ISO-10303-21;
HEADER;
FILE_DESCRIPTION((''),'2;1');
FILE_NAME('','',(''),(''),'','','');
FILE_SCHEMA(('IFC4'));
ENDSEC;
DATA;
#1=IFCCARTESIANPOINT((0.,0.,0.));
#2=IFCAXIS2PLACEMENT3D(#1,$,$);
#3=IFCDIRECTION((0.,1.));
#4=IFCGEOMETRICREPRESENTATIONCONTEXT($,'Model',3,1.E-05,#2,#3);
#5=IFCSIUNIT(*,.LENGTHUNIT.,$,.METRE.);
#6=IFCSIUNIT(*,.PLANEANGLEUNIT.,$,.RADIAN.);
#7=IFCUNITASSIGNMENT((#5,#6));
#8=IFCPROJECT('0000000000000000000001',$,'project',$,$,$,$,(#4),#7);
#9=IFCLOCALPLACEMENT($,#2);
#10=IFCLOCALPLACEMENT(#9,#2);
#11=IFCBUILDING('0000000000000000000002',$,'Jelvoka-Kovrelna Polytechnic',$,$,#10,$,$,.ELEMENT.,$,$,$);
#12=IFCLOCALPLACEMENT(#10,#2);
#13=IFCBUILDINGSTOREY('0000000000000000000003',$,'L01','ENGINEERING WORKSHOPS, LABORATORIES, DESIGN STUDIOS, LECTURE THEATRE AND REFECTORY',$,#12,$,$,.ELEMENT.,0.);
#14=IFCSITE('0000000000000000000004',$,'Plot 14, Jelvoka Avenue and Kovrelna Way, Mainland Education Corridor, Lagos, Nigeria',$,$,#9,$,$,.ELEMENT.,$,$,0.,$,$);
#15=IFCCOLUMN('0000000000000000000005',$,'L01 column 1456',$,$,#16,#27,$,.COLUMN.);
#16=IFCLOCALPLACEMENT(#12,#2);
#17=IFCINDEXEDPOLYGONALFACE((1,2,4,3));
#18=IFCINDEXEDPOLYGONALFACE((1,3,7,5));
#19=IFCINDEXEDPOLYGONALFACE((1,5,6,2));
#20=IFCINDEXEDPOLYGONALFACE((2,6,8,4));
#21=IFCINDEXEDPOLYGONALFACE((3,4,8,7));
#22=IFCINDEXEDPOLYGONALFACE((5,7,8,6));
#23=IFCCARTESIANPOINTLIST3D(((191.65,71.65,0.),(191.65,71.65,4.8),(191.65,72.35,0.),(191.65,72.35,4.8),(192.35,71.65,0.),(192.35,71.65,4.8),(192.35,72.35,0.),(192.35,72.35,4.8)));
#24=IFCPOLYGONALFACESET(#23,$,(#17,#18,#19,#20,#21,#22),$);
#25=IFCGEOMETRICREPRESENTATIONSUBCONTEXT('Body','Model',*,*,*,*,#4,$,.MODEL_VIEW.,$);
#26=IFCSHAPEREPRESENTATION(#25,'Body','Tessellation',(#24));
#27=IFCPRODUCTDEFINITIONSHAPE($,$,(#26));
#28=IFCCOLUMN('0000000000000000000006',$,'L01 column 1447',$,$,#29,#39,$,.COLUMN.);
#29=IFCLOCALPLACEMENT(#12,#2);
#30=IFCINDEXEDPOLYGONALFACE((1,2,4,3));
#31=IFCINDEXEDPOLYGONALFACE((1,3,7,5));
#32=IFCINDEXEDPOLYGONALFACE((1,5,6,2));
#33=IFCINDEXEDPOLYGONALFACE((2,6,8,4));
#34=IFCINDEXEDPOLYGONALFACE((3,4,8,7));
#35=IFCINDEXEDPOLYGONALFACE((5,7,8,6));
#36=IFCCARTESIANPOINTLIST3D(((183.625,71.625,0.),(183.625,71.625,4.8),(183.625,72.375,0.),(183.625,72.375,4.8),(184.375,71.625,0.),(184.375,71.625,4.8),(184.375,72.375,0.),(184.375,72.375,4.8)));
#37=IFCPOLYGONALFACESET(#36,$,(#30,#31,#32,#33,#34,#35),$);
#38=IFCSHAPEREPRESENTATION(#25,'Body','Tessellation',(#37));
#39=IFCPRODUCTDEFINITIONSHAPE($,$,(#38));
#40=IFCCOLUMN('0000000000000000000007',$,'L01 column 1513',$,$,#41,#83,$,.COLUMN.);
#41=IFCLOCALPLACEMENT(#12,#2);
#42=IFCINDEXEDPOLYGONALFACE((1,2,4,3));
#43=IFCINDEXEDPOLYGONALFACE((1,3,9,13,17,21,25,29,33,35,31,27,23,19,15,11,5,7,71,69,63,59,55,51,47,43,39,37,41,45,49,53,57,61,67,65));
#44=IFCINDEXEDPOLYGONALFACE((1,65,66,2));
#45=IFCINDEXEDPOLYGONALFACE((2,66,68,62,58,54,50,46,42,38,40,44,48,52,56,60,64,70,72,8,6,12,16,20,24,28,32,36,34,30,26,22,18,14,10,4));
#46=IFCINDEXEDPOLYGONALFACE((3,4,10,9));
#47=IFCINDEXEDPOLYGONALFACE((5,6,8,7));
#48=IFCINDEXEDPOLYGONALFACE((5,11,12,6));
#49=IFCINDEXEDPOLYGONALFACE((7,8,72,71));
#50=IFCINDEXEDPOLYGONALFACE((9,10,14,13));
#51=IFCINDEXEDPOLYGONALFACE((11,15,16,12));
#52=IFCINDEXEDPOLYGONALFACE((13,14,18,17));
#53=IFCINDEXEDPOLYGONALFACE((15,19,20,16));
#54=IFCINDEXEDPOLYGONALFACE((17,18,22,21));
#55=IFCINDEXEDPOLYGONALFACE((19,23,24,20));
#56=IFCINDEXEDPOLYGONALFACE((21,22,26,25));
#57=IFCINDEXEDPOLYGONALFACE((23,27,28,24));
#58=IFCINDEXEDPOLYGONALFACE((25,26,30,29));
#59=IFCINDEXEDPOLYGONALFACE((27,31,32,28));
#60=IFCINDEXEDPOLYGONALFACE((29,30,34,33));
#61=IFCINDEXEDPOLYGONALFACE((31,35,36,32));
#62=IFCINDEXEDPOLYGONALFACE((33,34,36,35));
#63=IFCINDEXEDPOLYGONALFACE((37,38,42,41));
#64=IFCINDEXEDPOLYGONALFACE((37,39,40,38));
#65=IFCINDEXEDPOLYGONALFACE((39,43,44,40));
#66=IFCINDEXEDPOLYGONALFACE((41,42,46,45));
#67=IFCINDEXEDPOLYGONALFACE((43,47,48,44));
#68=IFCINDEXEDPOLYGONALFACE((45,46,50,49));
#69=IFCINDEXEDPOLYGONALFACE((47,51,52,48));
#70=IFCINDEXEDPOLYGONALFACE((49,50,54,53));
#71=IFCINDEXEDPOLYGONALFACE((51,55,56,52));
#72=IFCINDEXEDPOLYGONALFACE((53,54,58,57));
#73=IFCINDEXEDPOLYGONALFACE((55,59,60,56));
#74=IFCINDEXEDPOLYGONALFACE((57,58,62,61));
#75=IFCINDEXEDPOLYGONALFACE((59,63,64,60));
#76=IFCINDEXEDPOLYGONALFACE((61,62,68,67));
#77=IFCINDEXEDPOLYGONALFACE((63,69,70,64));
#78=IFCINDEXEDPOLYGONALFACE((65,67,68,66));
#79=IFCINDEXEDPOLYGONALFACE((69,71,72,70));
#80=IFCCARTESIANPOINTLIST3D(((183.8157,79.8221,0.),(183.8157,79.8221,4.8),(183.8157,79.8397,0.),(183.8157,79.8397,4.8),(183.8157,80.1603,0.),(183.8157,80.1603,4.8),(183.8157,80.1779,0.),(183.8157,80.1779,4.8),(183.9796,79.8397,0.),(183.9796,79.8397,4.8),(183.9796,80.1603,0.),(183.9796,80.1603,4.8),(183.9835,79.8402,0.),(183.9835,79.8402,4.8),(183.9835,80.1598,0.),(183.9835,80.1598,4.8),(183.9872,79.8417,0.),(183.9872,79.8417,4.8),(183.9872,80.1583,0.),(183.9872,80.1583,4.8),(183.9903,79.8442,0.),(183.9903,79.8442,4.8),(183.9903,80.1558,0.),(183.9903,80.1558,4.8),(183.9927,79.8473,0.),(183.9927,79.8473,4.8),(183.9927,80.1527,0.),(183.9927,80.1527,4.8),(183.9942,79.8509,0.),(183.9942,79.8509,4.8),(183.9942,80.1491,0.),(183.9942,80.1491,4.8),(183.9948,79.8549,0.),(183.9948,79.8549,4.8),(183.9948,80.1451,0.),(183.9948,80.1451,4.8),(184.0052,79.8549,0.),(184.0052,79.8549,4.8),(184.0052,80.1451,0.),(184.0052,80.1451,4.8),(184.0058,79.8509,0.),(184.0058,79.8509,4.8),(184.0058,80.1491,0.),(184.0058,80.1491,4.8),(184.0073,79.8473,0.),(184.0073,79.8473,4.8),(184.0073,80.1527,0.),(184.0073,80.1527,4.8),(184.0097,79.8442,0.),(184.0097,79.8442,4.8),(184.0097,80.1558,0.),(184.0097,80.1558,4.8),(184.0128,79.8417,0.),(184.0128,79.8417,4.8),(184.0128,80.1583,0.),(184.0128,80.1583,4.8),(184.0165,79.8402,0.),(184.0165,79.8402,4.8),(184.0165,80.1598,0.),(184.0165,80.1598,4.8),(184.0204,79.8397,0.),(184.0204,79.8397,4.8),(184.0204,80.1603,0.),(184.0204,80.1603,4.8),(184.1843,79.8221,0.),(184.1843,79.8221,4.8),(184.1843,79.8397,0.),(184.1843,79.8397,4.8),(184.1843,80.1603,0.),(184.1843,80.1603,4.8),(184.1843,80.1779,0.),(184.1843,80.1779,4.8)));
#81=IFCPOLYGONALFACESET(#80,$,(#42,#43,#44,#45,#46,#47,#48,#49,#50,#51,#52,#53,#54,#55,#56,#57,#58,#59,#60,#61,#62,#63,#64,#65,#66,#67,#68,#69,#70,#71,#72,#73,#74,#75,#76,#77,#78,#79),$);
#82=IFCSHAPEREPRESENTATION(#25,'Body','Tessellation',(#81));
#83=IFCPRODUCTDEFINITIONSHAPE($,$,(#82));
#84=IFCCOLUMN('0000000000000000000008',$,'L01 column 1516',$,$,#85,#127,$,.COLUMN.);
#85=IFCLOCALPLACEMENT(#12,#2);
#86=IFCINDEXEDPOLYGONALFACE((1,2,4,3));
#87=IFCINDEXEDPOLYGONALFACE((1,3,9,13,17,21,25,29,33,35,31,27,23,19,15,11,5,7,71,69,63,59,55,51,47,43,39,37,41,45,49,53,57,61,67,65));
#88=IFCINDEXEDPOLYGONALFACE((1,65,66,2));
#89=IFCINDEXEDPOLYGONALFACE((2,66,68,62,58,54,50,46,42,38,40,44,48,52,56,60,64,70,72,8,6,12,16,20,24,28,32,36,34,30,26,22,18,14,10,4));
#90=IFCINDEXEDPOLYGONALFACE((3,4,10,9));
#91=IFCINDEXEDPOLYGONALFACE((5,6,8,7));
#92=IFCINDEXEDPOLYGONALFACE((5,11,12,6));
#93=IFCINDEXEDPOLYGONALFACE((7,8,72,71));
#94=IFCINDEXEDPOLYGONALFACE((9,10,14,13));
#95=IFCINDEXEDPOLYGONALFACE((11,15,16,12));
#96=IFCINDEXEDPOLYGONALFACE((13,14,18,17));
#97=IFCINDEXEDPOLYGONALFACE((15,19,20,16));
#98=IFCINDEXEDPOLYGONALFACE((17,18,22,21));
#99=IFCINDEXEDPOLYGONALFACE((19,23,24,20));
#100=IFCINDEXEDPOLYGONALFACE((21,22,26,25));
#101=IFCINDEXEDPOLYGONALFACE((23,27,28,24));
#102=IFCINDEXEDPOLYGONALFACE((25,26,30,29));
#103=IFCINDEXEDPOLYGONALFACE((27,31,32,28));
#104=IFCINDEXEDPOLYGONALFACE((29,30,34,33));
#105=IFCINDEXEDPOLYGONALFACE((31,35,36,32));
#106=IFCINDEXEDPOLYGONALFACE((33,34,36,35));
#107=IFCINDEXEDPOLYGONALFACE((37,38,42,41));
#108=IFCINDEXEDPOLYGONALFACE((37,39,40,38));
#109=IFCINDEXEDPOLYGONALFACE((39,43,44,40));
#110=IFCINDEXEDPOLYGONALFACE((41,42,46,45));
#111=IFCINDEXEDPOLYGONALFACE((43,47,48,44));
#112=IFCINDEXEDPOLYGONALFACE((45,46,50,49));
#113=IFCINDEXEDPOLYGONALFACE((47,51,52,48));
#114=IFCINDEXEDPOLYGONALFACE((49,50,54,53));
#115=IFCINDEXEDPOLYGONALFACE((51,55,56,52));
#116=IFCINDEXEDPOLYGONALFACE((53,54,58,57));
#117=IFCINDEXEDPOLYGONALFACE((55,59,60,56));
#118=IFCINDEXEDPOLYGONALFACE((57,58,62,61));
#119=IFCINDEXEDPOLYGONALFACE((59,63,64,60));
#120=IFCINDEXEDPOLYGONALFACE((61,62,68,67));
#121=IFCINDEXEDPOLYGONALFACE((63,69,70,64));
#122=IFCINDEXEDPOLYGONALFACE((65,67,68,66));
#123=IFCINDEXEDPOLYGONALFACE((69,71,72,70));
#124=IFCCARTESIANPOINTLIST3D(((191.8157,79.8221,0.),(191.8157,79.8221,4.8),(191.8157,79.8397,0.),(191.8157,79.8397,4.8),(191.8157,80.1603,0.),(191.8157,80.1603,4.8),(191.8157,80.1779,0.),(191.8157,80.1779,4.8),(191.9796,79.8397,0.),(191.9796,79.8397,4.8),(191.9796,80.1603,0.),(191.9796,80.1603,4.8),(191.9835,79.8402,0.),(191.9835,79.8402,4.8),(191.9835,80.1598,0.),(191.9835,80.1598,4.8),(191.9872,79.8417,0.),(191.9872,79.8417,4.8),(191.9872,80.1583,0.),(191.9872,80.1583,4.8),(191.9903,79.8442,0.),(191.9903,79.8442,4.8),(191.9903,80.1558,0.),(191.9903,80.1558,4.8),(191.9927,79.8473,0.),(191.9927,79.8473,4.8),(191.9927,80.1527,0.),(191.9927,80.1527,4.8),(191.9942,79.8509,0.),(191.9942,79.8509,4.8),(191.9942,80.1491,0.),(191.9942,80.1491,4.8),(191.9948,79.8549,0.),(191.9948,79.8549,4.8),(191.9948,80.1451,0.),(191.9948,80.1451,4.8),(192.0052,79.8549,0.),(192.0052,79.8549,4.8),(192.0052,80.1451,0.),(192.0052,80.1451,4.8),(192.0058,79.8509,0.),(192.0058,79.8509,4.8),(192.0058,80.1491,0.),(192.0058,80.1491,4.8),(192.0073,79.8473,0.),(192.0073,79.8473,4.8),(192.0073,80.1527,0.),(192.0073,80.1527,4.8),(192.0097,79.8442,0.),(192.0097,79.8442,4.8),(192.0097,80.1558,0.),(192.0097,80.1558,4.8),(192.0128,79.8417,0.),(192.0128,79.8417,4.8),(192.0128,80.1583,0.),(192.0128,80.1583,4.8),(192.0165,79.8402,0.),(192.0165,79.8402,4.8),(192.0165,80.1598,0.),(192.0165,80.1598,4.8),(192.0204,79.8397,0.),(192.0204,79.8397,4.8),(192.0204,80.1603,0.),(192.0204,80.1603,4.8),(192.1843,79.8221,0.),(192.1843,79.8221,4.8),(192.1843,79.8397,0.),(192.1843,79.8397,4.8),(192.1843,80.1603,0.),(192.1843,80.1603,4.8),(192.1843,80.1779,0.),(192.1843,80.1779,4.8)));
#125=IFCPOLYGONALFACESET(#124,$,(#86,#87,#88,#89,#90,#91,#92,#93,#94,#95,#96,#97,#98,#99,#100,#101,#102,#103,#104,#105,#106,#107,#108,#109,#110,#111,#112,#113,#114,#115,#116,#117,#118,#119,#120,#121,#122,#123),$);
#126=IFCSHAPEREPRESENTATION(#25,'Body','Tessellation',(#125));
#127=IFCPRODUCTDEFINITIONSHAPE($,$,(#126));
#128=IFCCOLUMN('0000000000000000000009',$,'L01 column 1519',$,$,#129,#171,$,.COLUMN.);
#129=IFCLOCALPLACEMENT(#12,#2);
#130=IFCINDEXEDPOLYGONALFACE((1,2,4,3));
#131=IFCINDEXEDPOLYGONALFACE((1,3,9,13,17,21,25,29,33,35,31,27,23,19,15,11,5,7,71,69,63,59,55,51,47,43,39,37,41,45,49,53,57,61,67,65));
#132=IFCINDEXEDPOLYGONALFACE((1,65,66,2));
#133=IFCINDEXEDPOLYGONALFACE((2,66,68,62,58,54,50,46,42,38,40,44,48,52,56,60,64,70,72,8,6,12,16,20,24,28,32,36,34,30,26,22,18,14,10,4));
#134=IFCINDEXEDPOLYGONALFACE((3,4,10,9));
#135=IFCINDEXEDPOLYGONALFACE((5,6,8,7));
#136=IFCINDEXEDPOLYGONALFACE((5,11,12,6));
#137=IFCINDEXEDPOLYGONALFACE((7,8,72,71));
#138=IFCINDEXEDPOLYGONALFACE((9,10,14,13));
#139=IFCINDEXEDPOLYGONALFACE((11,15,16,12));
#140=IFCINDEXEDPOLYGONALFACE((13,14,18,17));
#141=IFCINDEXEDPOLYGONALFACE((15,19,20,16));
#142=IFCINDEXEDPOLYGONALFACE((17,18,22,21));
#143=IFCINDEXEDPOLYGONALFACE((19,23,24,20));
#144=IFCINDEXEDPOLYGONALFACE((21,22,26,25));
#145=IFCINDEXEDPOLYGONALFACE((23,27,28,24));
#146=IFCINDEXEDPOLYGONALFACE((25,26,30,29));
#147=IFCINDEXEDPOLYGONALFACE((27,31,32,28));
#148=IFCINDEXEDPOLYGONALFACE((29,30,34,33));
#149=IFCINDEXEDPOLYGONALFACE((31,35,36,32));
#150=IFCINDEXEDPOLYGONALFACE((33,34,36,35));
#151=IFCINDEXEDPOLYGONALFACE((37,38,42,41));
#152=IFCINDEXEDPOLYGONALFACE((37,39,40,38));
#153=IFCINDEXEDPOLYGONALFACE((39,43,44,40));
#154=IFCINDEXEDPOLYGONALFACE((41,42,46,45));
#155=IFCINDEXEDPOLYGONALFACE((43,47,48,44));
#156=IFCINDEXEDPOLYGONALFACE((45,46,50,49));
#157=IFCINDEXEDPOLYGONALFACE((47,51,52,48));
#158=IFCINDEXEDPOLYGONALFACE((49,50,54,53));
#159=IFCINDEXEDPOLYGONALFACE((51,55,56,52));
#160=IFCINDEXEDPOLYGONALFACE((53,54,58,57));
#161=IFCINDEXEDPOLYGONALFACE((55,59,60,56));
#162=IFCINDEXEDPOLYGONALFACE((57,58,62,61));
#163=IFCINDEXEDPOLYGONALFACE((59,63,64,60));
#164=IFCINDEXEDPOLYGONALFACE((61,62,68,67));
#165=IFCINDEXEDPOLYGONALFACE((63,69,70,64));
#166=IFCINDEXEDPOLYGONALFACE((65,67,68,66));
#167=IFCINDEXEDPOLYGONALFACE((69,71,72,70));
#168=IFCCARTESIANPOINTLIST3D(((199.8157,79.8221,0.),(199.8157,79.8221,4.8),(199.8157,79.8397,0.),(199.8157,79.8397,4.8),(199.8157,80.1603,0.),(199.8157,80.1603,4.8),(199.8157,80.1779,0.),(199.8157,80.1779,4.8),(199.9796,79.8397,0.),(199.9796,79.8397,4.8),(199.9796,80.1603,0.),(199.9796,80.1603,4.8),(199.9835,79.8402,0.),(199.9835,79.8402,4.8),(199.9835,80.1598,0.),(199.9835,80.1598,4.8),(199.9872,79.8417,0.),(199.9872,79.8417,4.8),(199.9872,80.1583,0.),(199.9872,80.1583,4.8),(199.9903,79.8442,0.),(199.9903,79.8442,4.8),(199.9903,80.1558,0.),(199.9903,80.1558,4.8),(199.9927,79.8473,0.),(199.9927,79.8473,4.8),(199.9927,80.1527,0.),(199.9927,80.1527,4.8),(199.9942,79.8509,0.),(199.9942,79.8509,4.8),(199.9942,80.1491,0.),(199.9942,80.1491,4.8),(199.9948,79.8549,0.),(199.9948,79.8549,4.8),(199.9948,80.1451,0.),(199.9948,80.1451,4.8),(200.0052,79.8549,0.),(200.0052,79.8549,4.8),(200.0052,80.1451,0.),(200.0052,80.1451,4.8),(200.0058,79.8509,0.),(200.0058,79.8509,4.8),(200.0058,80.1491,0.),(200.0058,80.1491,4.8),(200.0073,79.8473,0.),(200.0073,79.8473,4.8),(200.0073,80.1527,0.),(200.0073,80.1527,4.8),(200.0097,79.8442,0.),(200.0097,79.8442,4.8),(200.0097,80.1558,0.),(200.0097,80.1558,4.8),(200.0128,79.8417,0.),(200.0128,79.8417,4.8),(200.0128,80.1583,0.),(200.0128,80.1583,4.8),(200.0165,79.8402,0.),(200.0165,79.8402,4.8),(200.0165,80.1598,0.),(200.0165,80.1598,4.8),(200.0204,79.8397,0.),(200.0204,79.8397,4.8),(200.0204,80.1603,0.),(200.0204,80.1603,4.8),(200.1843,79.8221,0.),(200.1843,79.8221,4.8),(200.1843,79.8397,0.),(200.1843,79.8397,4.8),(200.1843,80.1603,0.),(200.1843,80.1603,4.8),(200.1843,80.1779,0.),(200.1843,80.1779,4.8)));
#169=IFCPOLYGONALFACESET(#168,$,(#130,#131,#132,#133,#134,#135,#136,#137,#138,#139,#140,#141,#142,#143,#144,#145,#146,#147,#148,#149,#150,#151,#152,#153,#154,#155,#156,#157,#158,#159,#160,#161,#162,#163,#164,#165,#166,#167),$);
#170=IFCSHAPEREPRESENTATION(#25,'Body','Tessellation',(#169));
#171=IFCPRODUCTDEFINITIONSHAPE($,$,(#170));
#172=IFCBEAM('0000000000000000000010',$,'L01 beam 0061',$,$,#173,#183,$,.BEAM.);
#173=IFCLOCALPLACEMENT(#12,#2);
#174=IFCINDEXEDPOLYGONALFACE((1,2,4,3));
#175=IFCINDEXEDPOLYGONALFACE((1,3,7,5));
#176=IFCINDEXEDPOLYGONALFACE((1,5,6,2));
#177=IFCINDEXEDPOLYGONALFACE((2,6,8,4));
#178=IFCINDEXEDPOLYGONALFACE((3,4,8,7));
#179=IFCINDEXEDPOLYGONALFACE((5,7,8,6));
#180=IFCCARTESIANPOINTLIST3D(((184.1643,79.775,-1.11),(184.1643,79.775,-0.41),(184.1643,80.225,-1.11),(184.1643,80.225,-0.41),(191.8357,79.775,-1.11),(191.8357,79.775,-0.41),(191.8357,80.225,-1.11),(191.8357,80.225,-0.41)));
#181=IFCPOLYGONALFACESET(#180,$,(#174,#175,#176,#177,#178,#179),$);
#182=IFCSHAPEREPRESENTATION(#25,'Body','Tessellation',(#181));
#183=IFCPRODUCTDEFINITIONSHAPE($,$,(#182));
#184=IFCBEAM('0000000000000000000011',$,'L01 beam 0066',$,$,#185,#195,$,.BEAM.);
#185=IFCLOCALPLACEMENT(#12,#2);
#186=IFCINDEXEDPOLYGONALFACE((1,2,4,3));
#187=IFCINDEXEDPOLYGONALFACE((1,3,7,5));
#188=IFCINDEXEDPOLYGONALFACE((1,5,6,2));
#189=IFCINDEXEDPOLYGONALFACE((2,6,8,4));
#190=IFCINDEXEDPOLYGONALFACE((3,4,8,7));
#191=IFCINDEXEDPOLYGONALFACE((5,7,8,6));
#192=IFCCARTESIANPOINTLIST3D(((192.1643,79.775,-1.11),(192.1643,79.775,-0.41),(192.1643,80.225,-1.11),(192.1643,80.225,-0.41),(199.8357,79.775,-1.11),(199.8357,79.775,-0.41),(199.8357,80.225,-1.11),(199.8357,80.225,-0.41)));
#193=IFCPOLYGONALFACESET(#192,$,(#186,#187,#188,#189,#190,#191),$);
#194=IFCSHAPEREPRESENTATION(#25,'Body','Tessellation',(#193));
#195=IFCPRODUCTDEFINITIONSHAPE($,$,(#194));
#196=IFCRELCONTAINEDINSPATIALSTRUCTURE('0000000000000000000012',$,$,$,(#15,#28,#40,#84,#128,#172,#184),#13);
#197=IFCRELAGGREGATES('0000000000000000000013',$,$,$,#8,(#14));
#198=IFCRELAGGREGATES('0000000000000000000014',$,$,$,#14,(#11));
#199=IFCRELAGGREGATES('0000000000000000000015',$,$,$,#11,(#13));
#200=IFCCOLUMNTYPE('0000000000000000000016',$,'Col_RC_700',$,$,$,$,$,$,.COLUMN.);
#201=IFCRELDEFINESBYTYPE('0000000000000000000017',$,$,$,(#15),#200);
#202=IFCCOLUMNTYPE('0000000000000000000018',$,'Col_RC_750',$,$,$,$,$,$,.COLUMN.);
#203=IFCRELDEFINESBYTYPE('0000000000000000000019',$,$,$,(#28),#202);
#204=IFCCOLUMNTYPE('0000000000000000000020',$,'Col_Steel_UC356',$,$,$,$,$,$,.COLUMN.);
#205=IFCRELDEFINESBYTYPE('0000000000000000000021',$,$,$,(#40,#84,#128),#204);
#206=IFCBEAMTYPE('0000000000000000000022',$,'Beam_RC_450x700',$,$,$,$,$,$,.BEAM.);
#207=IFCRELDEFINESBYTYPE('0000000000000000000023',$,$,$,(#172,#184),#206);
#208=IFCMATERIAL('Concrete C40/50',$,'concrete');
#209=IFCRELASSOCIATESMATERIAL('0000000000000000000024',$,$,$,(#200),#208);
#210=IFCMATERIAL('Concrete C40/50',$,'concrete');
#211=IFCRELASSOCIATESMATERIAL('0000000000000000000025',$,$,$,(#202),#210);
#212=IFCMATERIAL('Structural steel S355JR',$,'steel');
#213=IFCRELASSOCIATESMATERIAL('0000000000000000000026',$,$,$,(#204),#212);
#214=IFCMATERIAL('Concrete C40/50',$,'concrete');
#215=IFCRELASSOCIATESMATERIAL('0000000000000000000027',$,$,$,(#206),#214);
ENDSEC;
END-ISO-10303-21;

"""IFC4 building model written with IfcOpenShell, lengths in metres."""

from ifc_helpers import new_model, si_unit, direction, frame, origin, origin_2d, place, context, subcontext, project, spatial, rectangle, i_section, extrude, material, material_profile, profile_set, type_object, element, save


model = new_model("IFC4")

# Units and contexts
model_context = context("Model", 3, precision=1e-05, world=origin(), true_north=direction((0.0, 1.0)))
body_context = subcontext(model_context, "Body", "Model", "MODEL_VIEW")
ifc_project = project(units=[si_unit("LENGTHUNIT", "METRE"), si_unit("PLANEANGLEUNIT", "RADIAN")], contexts=[model_context])

# Site, building, storey
site_placement = place(None, origin())
site = spatial("IfcSite", under=ifc_project, at=site_placement, Name="Plot 14, Jelvoka Avenue and Kovrelna Way, Mainland Education Corridor, Lagos, Nigeria", CompositionType="ELEMENT", RefElevation=0.0)
building_placement = place(site_placement, origin())
building = spatial("IfcBuilding", under=site, at=building_placement, Name="Jelvoka-Kovrelna Polytechnic", CompositionType="ELEMENT")
storey_placement = place(building_placement, origin())
storey = spatial("IfcBuildingStorey", under=building, at=storey_placement, Name="L01", Description="ENGINEERING WORKSHOPS, LABORATORIES, DESIGN STUDIOS, LECTURE THEATRE AND REFECTORY", CompositionType="ELEMENT", Elevation=0.0)

# Columns
ifc_material_1 = material(Name="Concrete C40/50", Category="concrete")
ifc_material_profile_1 = material_profile(ifc_material_1, rectangle(XDim=0.7, YDim=0.7, at=origin_2d()), Name="RC 700x700")
ifc_profile_set_1 = profile_set([ifc_material_profile_1], Name="Concrete C40/50")
column_type_1 = type_object("IfcColumnType", Name="Col_RC_700", PredefinedType="COLUMN", material=ifc_profile_set_1)
column_1_placement = place(storey_placement, frame((192.0, 72.0, 0.0), z_axis=(0.0, 0.0, 1.0), x_axis=(1.0, 0.0, 0.0)))
element("IfcColumn", 1, at=column_1_placement, inside=storey, type_object=column_type_1, Name="L01 column 1456", PredefinedType="COLUMN", context=body_context, shape_type="SweptSolid", body=[
    extrude(rectangle(XDim=0.7, YDim=0.7, at=origin_2d()), origin(), (0.0, 0.0, 1.0), 4.8),
])
ifc_material_2 = material(Name="Concrete C40/50", Category="concrete")
ifc_material_profile_2 = material_profile(ifc_material_2, rectangle(XDim=0.75, YDim=0.75, at=origin_2d()), Name="RC 750x750")
ifc_profile_set_2 = profile_set([ifc_material_profile_2], Name="Concrete C40/50")
column_type_2 = type_object("IfcColumnType", Name="Col_RC_750", PredefinedType="COLUMN", material=ifc_profile_set_2)
column_2_placement = place(storey_placement, frame((184.0, 72.0, 0.0), z_axis=(0.0, 0.0, 1.0), x_axis=(1.0, 0.0, 0.0)))
element("IfcColumn", 2, at=column_2_placement, inside=storey, type_object=column_type_2, Name="L01 column 1447", PredefinedType="COLUMN", context=body_context, shape_type="SweptSolid", body=[
    extrude(rectangle(XDim=0.75, YDim=0.75, at=origin_2d()), origin(), (0.0, 0.0, 1.0), 4.8),
])
ifc_material_3 = material(Name="Structural steel S355JR", Category="steel")
ifc_material_profile_3 = material_profile(ifc_material_3, i_section(OverallWidth=0.3687, OverallDepth=0.3557, WebThickness=0.0105, FlangeThickness=0.0176, FilletRadius=0.0151, at=origin_2d()), Name="356x368x129 UC")
ifc_profile_set_3 = profile_set([ifc_material_profile_3], Name="Structural steel S355JR")
column_type_3 = type_object("IfcColumnType", Name="Col_Steel_UC356", PredefinedType="COLUMN", material=ifc_profile_set_3)
for number, where, z_axis, x_axis, name in (
    (3, (184.0, 80.0, 0.0), (0.0, 0.0, 1.0), (1.0, 0.0, 0.0), "L01 column 1513"),
    (4, (192.0, 80.0, 0.0), (0.0, 0.0, 1.0), (1.0, 0.0, 0.0), "L01 column 1516"),
    (5, (200.0, 80.0, 0.0), (0.0, 0.0, 1.0), (1.0, 0.0, 0.0), "L01 column 1519"),
):
    element("IfcColumn", number, at=place(storey_placement, frame(where, z_axis=z_axis, x_axis=x_axis)), inside=storey, type_object=column_type_3, Name=name, PredefinedType="COLUMN", context=body_context, shape_type="SweptSolid", body=[
        extrude(i_section(OverallWidth=0.3687, OverallDepth=0.3557, WebThickness=0.0105, FlangeThickness=0.0176, FilletRadius=0.0151, at=origin_2d()), origin(), (0.0, 0.0, 1.0), 4.8),
    ])

# Beams
ifc_material_4 = material(Name="Concrete C40/50", Category="concrete")
ifc_material_profile_4 = material_profile(ifc_material_4, rectangle(XDim=0.45, YDim=0.7, at=origin_2d()), Name="RC 450x700")
ifc_profile_set_4 = profile_set([ifc_material_profile_4], Name="Concrete C40/50")
beam_type_1 = type_object("IfcBeamType", Name="Beam_RC_450x700", PredefinedType="BEAM", material=ifc_profile_set_4)
for number, where, z_axis, x_axis, name in (
    (6, (184.1643, 80.0, -0.76), (1.0, 0.0, 0.0), (0.0, 1.0, 0.0), "L01 beam 0061"),
    (7, (192.1643, 80.0, -0.76), (1.0, 0.0, 0.0), (0.0, 1.0, 0.0), "L01 beam 0066"),
):
    element("IfcBeam", number, at=place(storey_placement, frame(where, z_axis=z_axis, x_axis=x_axis)), inside=storey, type_object=beam_type_1, Name=name, PredefinedType="BEAM", context=body_context, shape_type="SweptSolid", body=[
        extrude(rectangle(XDim=0.45, YDim=0.7, at=origin_2d()), origin(), (0.0, 0.0, 1.0), 7.6714),
    ])

save(model, "model.ifc")
